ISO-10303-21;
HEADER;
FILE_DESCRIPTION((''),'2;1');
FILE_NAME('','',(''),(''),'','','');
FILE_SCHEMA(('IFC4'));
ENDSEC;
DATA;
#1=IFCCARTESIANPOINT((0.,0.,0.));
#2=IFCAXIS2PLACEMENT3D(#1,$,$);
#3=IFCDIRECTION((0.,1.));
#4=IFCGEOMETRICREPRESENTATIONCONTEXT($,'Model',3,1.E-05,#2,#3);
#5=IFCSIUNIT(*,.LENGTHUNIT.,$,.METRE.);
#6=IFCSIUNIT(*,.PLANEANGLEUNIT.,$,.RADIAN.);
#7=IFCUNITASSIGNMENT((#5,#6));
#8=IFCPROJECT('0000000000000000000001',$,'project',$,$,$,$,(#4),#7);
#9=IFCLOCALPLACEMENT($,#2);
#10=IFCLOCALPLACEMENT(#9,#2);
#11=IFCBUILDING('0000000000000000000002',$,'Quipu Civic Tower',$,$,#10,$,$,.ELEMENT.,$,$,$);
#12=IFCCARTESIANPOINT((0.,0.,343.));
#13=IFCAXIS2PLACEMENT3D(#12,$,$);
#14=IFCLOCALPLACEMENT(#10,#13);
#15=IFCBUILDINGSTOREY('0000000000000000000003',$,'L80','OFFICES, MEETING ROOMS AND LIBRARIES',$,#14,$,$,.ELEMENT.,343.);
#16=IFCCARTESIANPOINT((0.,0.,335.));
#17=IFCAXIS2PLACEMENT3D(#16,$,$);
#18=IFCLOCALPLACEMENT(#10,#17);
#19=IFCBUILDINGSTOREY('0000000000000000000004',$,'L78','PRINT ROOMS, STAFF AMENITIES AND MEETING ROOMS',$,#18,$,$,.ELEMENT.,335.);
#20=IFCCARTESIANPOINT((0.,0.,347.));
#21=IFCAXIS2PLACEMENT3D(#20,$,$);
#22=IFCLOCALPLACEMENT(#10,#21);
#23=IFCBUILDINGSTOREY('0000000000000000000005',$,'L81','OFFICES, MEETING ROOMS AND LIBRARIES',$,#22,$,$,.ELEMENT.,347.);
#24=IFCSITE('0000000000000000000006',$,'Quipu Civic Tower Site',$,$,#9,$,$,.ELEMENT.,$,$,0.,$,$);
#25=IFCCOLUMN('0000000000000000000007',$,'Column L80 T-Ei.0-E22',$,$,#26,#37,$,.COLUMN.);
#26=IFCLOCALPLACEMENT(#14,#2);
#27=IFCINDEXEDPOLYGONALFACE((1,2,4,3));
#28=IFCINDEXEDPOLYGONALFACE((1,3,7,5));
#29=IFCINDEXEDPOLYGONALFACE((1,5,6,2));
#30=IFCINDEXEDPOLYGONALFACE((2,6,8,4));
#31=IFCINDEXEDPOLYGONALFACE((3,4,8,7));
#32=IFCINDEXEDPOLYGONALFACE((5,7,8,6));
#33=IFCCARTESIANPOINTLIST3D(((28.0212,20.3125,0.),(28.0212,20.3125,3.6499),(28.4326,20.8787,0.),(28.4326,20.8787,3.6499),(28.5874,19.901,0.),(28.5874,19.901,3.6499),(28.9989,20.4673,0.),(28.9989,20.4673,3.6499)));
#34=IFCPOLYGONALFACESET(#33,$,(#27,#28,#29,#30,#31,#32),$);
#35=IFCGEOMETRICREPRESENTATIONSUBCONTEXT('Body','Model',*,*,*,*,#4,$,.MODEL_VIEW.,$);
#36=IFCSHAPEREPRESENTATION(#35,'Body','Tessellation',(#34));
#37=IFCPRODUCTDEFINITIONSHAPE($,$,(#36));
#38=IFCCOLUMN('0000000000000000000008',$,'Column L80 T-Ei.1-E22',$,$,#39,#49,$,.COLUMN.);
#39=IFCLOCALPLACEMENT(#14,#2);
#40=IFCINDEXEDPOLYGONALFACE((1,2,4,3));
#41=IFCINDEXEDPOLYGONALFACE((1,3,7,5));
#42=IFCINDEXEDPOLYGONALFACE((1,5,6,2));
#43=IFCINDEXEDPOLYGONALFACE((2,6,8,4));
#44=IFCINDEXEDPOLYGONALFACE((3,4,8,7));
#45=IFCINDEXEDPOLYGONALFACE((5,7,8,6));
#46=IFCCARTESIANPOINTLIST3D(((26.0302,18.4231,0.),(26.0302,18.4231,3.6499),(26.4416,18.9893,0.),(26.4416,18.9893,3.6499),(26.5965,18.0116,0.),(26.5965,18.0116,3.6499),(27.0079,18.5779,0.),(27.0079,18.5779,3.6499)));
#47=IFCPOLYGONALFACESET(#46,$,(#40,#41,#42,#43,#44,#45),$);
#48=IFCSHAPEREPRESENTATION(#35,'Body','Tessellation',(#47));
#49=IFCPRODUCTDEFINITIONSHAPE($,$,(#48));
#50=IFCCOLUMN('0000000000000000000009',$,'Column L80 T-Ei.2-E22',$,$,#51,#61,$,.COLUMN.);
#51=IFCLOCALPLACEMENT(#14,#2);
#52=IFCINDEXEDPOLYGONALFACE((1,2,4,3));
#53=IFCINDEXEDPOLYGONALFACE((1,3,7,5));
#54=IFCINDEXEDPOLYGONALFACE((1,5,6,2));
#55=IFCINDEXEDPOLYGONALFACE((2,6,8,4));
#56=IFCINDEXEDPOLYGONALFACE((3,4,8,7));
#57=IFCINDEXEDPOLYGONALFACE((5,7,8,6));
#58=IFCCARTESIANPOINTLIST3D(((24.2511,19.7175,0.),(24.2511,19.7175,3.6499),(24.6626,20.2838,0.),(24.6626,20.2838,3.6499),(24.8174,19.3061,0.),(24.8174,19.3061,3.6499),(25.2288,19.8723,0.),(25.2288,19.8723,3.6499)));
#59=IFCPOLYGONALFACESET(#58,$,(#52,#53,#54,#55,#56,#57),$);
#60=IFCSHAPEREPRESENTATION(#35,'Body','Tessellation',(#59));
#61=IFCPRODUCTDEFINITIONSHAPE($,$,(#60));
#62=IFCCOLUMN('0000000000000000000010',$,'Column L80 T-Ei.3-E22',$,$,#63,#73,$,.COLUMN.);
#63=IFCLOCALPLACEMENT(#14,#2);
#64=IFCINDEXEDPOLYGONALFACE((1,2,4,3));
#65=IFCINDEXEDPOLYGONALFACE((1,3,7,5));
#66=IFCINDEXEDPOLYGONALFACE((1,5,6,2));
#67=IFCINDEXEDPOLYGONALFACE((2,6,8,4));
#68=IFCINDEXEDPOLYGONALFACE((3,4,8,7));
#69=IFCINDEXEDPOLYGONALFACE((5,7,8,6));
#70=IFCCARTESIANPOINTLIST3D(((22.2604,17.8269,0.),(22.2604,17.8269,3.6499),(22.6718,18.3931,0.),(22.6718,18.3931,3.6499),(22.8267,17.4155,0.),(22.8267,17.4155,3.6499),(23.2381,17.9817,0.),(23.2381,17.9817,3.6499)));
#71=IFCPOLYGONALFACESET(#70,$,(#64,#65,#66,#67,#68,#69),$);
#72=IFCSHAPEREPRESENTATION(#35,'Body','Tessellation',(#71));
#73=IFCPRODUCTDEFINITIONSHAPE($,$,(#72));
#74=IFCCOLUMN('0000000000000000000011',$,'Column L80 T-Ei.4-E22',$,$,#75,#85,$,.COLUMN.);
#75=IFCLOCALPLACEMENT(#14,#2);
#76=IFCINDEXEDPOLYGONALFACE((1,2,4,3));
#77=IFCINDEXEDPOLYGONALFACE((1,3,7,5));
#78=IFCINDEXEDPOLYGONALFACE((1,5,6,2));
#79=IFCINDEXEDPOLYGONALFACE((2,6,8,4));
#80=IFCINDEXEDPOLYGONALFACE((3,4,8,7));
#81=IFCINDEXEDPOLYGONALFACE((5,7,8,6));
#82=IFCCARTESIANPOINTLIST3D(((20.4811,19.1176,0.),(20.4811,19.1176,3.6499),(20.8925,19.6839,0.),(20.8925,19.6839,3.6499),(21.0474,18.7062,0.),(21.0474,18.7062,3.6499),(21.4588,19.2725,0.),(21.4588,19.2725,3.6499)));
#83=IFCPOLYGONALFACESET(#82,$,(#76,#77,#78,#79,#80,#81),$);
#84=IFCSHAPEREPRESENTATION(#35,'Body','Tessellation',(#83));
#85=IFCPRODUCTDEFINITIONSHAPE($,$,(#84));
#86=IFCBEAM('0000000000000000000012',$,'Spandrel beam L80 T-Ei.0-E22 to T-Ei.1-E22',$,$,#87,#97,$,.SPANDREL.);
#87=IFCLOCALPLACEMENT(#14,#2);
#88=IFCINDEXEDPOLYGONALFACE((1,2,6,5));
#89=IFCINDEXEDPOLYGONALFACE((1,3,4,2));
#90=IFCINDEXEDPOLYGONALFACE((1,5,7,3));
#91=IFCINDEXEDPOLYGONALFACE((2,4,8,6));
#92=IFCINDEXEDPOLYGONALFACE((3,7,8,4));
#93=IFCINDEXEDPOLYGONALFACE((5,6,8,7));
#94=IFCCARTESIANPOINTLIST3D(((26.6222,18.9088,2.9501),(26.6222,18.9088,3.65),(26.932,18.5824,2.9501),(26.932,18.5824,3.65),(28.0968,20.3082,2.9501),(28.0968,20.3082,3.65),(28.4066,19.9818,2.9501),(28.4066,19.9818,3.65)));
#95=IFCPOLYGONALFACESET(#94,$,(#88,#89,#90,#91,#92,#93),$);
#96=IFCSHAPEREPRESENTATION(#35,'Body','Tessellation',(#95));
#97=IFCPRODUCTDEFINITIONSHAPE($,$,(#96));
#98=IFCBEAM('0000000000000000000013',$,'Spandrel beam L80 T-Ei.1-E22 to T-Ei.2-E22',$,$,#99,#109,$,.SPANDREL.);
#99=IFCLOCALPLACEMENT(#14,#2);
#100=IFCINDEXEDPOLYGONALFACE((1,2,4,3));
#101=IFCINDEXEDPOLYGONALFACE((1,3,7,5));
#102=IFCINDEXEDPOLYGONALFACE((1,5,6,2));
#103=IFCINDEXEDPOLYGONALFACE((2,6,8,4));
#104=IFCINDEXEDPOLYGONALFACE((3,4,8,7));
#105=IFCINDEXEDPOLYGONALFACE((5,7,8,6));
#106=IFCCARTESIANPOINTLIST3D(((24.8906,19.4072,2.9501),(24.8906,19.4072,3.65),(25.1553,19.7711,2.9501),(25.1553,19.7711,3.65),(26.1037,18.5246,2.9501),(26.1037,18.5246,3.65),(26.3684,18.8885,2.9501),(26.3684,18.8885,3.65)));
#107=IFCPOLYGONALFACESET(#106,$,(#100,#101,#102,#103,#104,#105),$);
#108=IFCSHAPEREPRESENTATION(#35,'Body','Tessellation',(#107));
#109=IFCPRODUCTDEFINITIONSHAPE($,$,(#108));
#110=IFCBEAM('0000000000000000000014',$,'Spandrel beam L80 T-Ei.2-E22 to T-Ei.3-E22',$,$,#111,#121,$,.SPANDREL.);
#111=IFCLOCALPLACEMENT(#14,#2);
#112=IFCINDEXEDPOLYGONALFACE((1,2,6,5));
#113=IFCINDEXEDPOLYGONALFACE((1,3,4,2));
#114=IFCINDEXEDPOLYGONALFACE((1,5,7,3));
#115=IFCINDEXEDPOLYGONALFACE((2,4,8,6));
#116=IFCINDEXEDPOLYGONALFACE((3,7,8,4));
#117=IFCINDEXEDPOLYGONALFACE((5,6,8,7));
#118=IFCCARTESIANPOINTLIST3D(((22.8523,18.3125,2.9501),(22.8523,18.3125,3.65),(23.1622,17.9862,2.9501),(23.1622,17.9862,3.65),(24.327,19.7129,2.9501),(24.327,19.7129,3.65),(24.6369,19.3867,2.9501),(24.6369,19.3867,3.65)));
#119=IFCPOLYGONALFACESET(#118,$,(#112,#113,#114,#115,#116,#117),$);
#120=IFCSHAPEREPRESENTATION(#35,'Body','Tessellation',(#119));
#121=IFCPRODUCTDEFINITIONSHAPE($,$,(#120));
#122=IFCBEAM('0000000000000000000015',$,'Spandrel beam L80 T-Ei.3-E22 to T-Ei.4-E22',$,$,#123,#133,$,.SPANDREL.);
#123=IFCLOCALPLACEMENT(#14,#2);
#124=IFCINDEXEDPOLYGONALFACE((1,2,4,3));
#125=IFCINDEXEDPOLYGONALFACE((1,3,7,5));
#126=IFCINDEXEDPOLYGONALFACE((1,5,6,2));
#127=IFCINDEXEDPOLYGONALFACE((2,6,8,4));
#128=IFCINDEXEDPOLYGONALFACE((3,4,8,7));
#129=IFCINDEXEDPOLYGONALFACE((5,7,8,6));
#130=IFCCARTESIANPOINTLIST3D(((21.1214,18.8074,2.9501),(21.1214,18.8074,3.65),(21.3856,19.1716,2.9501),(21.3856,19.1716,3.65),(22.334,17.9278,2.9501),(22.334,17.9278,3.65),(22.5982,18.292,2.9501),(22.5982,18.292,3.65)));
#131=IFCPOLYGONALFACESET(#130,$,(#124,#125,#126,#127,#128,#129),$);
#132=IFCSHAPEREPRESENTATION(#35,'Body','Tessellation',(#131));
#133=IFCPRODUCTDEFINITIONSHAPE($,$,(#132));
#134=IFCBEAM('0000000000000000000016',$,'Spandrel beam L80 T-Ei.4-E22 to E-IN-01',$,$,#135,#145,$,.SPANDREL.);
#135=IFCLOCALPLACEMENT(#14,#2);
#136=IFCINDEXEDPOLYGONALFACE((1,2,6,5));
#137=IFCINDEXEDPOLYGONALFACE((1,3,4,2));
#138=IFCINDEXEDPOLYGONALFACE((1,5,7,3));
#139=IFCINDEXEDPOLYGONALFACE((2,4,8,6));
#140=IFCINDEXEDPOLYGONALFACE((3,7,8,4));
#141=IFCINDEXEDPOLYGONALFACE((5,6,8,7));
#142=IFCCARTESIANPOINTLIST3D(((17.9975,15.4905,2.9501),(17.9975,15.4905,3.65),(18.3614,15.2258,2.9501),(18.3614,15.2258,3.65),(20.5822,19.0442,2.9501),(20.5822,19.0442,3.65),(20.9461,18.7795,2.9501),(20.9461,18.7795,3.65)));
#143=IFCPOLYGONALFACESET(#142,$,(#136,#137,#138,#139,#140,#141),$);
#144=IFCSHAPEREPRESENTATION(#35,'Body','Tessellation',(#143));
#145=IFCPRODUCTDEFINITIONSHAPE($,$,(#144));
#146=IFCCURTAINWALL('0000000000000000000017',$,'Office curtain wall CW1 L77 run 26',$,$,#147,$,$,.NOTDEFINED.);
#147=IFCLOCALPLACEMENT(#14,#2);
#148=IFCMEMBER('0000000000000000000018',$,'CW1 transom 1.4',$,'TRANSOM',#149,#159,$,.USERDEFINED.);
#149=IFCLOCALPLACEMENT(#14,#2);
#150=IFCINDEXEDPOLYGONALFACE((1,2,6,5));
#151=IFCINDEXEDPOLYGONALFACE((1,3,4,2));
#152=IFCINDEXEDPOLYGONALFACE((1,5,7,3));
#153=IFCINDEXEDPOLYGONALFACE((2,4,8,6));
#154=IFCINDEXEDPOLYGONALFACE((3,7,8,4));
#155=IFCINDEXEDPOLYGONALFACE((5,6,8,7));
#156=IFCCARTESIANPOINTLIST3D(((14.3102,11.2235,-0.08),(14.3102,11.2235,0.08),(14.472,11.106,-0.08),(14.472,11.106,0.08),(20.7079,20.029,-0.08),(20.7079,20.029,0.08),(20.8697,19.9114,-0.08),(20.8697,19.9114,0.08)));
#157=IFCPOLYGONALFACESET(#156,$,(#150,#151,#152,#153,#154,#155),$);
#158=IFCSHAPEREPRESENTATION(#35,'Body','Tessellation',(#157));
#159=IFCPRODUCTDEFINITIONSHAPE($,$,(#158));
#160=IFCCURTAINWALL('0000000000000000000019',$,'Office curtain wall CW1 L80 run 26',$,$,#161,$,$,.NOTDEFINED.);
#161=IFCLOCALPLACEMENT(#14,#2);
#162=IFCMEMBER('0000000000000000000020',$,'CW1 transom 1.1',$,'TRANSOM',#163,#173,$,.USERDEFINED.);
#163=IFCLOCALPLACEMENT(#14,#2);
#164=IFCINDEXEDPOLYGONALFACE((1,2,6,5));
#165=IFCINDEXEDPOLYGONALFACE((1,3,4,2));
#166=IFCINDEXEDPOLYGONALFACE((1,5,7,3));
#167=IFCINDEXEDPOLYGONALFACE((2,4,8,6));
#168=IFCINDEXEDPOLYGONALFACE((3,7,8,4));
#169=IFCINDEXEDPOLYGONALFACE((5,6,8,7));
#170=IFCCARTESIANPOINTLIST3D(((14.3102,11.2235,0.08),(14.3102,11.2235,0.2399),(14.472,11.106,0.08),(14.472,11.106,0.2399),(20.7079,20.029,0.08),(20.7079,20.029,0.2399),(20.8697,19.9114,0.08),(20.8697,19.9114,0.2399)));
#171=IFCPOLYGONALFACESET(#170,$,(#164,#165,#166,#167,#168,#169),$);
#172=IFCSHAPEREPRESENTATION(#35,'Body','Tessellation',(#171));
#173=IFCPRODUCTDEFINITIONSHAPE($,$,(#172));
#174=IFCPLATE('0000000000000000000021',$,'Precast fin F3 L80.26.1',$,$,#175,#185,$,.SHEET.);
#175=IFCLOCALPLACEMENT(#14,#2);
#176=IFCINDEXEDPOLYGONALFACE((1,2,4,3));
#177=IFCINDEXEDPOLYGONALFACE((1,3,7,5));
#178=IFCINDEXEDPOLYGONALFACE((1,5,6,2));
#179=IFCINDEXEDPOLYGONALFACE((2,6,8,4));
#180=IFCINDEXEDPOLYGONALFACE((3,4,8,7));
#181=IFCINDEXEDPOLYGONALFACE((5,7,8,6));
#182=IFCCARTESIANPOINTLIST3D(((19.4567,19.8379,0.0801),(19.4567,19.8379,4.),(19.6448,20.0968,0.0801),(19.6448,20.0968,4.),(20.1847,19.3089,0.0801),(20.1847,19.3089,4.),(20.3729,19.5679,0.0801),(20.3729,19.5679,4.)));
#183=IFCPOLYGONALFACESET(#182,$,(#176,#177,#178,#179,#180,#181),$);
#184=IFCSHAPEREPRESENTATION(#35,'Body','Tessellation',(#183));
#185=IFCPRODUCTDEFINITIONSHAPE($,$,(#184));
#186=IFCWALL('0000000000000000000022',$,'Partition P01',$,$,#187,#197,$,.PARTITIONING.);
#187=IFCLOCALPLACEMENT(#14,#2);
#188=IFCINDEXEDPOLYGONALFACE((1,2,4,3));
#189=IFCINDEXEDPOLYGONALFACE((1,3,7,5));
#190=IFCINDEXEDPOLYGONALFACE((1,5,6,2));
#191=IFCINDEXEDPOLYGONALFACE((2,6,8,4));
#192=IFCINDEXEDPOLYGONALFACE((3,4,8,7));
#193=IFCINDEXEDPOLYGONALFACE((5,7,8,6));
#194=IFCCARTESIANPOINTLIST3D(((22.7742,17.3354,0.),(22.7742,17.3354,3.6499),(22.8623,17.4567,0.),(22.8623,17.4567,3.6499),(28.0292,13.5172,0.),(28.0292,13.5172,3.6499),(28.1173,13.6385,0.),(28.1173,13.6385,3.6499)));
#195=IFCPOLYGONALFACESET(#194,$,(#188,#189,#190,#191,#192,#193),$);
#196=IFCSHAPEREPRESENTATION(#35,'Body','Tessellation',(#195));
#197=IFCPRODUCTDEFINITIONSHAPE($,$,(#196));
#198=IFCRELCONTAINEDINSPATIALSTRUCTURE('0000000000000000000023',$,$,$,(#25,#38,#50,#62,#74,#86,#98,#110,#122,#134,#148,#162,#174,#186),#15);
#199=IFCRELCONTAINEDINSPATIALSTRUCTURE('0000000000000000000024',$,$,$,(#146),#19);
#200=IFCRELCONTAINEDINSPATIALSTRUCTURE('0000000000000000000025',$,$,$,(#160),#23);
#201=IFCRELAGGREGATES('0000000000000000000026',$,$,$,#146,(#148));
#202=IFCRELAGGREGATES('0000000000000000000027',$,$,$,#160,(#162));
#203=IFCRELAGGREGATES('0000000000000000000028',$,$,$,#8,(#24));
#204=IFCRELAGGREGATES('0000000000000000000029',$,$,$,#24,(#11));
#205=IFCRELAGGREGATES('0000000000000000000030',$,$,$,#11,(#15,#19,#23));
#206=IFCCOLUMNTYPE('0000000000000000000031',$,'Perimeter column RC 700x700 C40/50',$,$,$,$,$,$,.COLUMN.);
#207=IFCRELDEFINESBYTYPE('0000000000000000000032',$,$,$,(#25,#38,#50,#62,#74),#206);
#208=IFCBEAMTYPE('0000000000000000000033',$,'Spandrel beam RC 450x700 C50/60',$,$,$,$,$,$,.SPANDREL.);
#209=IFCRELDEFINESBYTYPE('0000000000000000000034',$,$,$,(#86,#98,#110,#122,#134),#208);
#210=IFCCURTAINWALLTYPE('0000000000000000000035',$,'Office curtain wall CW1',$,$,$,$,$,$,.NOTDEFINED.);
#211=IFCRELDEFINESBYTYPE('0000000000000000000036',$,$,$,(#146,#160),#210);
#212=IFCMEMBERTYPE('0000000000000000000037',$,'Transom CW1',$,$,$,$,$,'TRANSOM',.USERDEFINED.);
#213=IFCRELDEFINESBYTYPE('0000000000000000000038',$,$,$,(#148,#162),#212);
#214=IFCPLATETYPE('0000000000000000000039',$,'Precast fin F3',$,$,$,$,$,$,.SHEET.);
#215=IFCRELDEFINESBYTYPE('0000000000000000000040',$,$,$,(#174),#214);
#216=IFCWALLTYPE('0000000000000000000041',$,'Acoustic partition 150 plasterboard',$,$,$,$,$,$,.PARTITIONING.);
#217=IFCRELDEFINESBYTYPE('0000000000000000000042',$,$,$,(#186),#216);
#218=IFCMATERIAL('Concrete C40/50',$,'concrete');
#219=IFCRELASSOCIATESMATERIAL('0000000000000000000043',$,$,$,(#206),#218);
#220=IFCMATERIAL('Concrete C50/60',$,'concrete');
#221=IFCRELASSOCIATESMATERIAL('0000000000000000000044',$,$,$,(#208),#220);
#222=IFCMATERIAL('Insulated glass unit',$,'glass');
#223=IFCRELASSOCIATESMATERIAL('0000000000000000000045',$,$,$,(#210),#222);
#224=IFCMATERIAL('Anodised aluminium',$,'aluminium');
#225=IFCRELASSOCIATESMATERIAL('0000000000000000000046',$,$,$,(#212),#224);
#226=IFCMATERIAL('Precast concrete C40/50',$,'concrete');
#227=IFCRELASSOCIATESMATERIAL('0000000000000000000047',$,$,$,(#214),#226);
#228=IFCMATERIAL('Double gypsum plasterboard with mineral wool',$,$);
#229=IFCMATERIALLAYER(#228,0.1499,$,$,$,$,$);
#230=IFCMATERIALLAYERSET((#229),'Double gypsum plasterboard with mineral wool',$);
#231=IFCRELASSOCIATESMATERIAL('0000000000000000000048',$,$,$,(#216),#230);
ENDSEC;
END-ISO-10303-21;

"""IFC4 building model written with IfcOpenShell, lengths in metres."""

from ifc_helpers import new_model, si_unit, direction, frame, frame_2d, origin, origin_2d, place, context, subcontext, project, spatial, rectangle, extrude, material, layer, layer_set, material_profile, profile_set, type_object, element, aggregate, save


model = new_model("IFC4")

# Units and contexts
model_context = context("Model", 3, precision=1e-05, world=origin(), true_north=direction((0.0, 1.0)))
body_context = subcontext(model_context, "Body", "Model", "MODEL_VIEW")
ifc_project = project(units=[si_unit("LENGTHUNIT", "METRE"), si_unit("PLANEANGLEUNIT", "RADIAN")], contexts=[model_context])

# Site, building, storey
site_placement = place(None, origin())
site = spatial("IfcSite", under=ifc_project, at=site_placement, Name="Quipu Civic Tower Site", CompositionType="ELEMENT", RefElevation=0.0)
building_placement = place(site_placement, origin())
building = spatial("IfcBuilding", under=site, at=building_placement, Name="Quipu Civic Tower", CompositionType="ELEMENT")
storey_1_placement = place(building_placement, frame((0.0, 0.0, 343.0)))
storey_1 = spatial("IfcBuildingStorey", under=building, at=storey_1_placement, Name="L80", Description="OFFICES, MEETING ROOMS AND LIBRARIES", CompositionType="ELEMENT", Elevation=343.0)

# Columns
ifc_material_1 = material(Name="Concrete C40/50", Category="concrete")
ifc_material_profile_1 = material_profile(ifc_material_1, rectangle(XDim=0.7, YDim=0.7, at=origin_2d()), Name="RC700x700")
ifc_profile_set_1 = profile_set([ifc_material_profile_1], Name="Concrete C40/50")
column_type = type_object("IfcColumnType", Name="Perimeter column RC 700x700 C40/50", PredefinedType="COLUMN", material=ifc_profile_set_1)
for number, where, z_axis, x_axis, name in (
    (1, (28.51, 20.3899, 0.0), (0.0, 0.0, 1.0), (-0.587785, -0.809017, 0.0), "Column L80 T-Ei.0-E22"),
    (2, (26.519, 18.5005, 0.0), (0.0, 0.0, 1.0), (-0.809017, 0.587785, 0.0), "Column L80 T-Ei.1-E22"),
    (3, (24.74, 19.7949, 0.0), (0.0, 0.0, 1.0), (-0.587785, -0.809017, 0.0), "Column L80 T-Ei.2-E22"),
    (4, (22.7493, 17.9043, 0.0), (0.0, 0.0, 1.0), (-0.587785, -0.809017, 0.0), "Column L80 T-Ei.3-E22"),
    (5, (20.97, 19.1951, 0.0), (0.0, 0.0, 1.0), (-0.587785, -0.809017, 0.0), "Column L80 T-Ei.4-E22"),
):
    element("IfcColumn", number, at=place(storey_1_placement, frame(where, z_axis=z_axis, x_axis=x_axis)), inside=storey_1, type_object=column_type, Name=name, PredefinedType="COLUMN", context=body_context, shape_type="SweptSolid", body=[
        extrude(rectangle(XDim=0.7, YDim=0.7, at=origin_2d()), origin(), (0.0, 0.0, 1.0), 3.6499),
    ])

# Beams
ifc_material_2 = material(Name="Concrete C50/60", Category="concrete")
ifc_material_profile_2 = material_profile(ifc_material_2, rectangle(XDim=0.45, YDim=0.7, at=origin_2d()), Name="RC450x700")
ifc_profile_set_2 = profile_set([ifc_material_profile_2], Name="Concrete C50/60")
beam_type = type_object("IfcBeamType", Name="Spandrel beam RC 450x700 C50/60", PredefinedType="SPANDREL", material=ifc_profile_set_2)
beam_1_placement = place(storey_1_placement, frame((28.2517, 20.145, 3.3), z_axis=(-0.725359, -0.688371, 0.0), x_axis=(0.688371, -0.725359, 0.0)))
element("IfcBeam", 6, at=beam_1_placement, inside=storey_1, type_object=beam_type, Name="Spandrel beam L80 T-Ei.0-E22 to T-Ei.1-E22", PredefinedType="SPANDREL", context=body_context, shape_type="SweptSolid", body=[
    extrude(rectangle(XDim=0.45, YDim=0.7, at=origin_2d()), origin(), (0.0, 0.0, 1.0), 2.033),
])
beam_2_placement = place(storey_1_placement, frame((26.2361, 18.7065, 3.3), z_axis=(-0.808645, 0.588297, 0.0), x_axis=(-0.588297, -0.808645, 0.0)))
element("IfcBeam", 7, at=beam_2_placement, inside=storey_1, type_object=beam_type, Name="Spandrel beam L80 T-Ei.1-E22 to T-Ei.2-E22", PredefinedType="SPANDREL", context=body_context, shape_type="SweptSolid", body=[
    extrude(rectangle(XDim=0.45, YDim=0.7, at=origin_2d()), origin(), (0.0, 0.0, 1.0), 1.5002),
])
beam_3_placement = place(storey_1_placement, frame((24.4819, 19.5498, 3.3), z_axis=(-0.725119, -0.688623, 0.0), x_axis=(0.688623, -0.725119, 0.0)))
element("IfcBeam", 8, at=beam_3_placement, inside=storey_1, type_object=beam_type, Name="Spandrel beam L80 T-Ei.2-E22 to T-Ei.3-E22", PredefinedType="SPANDREL", context=body_context, shape_type="SweptSolid", body=[
    extrude(rectangle(XDim=0.45, YDim=0.7, at=origin_2d()), origin(), (0.0, 0.0, 1.0), 2.0337),
])
beam_4_placement = place(storey_1_placement, frame((22.4661, 18.1099, 3.3), z_axis=(-0.809461, 0.587173, 0.0), x_axis=(-0.587173, -0.809461, 0.0)))
element("IfcBeam", 9, at=beam_4_placement, inside=storey_1, type_object=beam_type, Name="Spandrel beam L80 T-Ei.3-E22 to T-Ei.4-E22", PredefinedType="SPANDREL", context=body_context, shape_type="SweptSolid", body=[
    extrude(rectangle(XDim=0.45, YDim=0.7, at=origin_2d()), origin(), (0.0, 0.0, 1.0), 1.498),
])
beam_5_placement = place(storey_1_placement, frame((20.7642, 18.9119, 3.3), z_axis=(-0.588201, -0.808714, 0.0), x_axis=(0.808714, -0.588201, 0.0)))
element("IfcBeam", 10, at=beam_5_placement, inside=storey_1, type_object=beam_type, Name="Spandrel beam L80 T-Ei.4-E22 to E-IN-01", PredefinedType="SPANDREL", context=body_context, shape_type="SweptSolid", body=[
    extrude(rectangle(XDim=0.45, YDim=0.7, at=origin_2d()), origin(), (0.0, 0.0, 1.0), 4.3943),
])

# Shared definitions
storey_2_placement = place(building_placement, frame((0.0, 0.0, 335.0)))
storey_2 = spatial("IfcBuildingStorey", under=building, at=storey_2_placement, Name="L78", Description="PRINT ROOMS, STAFF AMENITIES AND MEETING ROOMS", CompositionType="ELEMENT", Elevation=335.0)

# Curtain wall, member
ifc_material_3 = material(Name="Insulated glass unit", Category="glass")
curtain_wall_type = type_object("IfcCurtainWallType", Name="Office curtain wall CW1", PredefinedType="NOTDEFINED", material=ifc_material_3)
curtain_wall_1_placement = place(storey_2_placement, origin())
curtain_wall_1 = element("IfcCurtainWall", 11, at=curtain_wall_1_placement, inside=storey_2, type_object=curtain_wall_type, Name="Office curtain wall CW1 L77 run 26", PredefinedType="NOTDEFINED")
ifc_material_4 = material(Name="Anodised aluminium", Category="aluminium")
ifc_material_profile_3 = material_profile(ifc_material_4, rectangle(XDim=0.2, YDim=0.1599, at=origin_2d()), Name="RECT 200x160")
ifc_profile_set_3 = profile_set([ifc_material_profile_3], Name="Anodised aluminium")
member_type = type_object("IfcMemberType", Name="Transom CW1", ElementType="TRANSOM", PredefinedType="USERDEFINED", material=ifc_profile_set_3)
member_1_placement = place(storey_1_placement, frame((20.7888, 19.9702, 0.0), z_axis=(-0.587797, -0.809009, 0.0), x_axis=(0.809009, -0.587797, 0.0)))
member_1 = element("IfcMember", 12, at=member_1_placement, inside=storey_1, type_object=member_type, Name="CW1 transom 1.4", ObjectType="TRANSOM", PredefinedType="USERDEFINED", context=body_context, shape_type="SweptSolid", body=[
    extrude(rectangle(XDim=0.2, YDim=0.1599, at=origin_2d()), origin(), (0.0, 0.0, 1.0), 10.8843),
])
aggregate(curtain_wall_1, [member_1])

# Shared definitions
storey_3_placement = place(building_placement, frame((0.0, 0.0, 347.0)))
storey_3 = spatial("IfcBuildingStorey", under=building, at=storey_3_placement, Name="L81", Description="OFFICES, MEETING ROOMS AND LIBRARIES", CompositionType="ELEMENT", Elevation=347.0)

# Curtain wall, member
curtain_wall_2_placement = place(storey_3_placement, origin())
curtain_wall_2 = element("IfcCurtainWall", 13, at=curtain_wall_2_placement, inside=storey_3, type_object=curtain_wall_type, Name="Office curtain wall CW1 L80 run 26", PredefinedType="NOTDEFINED")
member_2_placement = place(storey_1_placement, frame((20.7888, 19.9702, 0.1599), z_axis=(-0.587797, -0.809009, 0.0), x_axis=(0.809009, -0.587797, 0.0)))
member_2 = element("IfcMember", 14, at=member_2_placement, inside=storey_1, type_object=member_type, Name="CW1 transom 1.1", ObjectType="TRANSOM", PredefinedType="USERDEFINED", context=body_context, shape_type="SweptSolid", body=[
    extrude(rectangle(XDim=0.2, YDim=0.1599, at=origin_2d()), origin(), (0.0, 0.0, 1.0), 10.8843),
])
aggregate(curtain_wall_2, [member_2])

# Plate
ifc_material_5 = material(Name="Precast concrete C40/50", Category="concrete")
plate_type = type_object("IfcPlateType", Name="Precast fin F3", PredefinedType="SHEET", material=ifc_material_5)
plate_placement = place(storey_1_placement, frame((19.9148, 19.7029, 0.0801), z_axis=(0.0, 0.0, 1.0), x_axis=(-0.587784, -0.809018, 0.0)))
element("IfcPlate", 15, at=plate_placement, inside=storey_1, type_object=plate_type, Name="Precast fin F3 L80.26.1", PredefinedType="SHEET", context=body_context, shape_type="SweptSolid", body=[
    extrude(rectangle(XDim=0.3201, YDim=0.8999, at=origin_2d()), origin(), (0.0, 0.0, 1.0), 3.9199),
])

# Wall
ifc_material_6 = material(Name="Double gypsum plasterboard with mineral wool")
ifc_layer_1 = layer(ifc_material_6, 0.1499)
ifc_layer_set_1 = layer_set([ifc_layer_1], Name="Double gypsum plasterboard with mineral wool")
wall_type_1 = type_object("IfcWallType", Name="Acoustic partition 150 plasterboard", PredefinedType="PARTITIONING", material=ifc_layer_set_1)
wall_1_placement = place(storey_1_placement, frame((28.0732, 13.5779, 0.0), z_axis=(0.0, 0.0, 1.0), x_axis=(-0.809001, 0.587807, 0.0)))
element("IfcWall", 16, at=wall_1_placement, inside=storey_1, type_object=wall_type_1, Name="Partition P01", PredefinedType="PARTITIONING", context=body_context, shape_type="SweptSolid", body=[
    extrude(rectangle(XDim=6.4956, YDim=0.1499, at=frame_2d((3.2478, 0.0))), origin(), (0.0, 0.0, 1.0), 3.6499),
])

save(model, "model.ifc")
